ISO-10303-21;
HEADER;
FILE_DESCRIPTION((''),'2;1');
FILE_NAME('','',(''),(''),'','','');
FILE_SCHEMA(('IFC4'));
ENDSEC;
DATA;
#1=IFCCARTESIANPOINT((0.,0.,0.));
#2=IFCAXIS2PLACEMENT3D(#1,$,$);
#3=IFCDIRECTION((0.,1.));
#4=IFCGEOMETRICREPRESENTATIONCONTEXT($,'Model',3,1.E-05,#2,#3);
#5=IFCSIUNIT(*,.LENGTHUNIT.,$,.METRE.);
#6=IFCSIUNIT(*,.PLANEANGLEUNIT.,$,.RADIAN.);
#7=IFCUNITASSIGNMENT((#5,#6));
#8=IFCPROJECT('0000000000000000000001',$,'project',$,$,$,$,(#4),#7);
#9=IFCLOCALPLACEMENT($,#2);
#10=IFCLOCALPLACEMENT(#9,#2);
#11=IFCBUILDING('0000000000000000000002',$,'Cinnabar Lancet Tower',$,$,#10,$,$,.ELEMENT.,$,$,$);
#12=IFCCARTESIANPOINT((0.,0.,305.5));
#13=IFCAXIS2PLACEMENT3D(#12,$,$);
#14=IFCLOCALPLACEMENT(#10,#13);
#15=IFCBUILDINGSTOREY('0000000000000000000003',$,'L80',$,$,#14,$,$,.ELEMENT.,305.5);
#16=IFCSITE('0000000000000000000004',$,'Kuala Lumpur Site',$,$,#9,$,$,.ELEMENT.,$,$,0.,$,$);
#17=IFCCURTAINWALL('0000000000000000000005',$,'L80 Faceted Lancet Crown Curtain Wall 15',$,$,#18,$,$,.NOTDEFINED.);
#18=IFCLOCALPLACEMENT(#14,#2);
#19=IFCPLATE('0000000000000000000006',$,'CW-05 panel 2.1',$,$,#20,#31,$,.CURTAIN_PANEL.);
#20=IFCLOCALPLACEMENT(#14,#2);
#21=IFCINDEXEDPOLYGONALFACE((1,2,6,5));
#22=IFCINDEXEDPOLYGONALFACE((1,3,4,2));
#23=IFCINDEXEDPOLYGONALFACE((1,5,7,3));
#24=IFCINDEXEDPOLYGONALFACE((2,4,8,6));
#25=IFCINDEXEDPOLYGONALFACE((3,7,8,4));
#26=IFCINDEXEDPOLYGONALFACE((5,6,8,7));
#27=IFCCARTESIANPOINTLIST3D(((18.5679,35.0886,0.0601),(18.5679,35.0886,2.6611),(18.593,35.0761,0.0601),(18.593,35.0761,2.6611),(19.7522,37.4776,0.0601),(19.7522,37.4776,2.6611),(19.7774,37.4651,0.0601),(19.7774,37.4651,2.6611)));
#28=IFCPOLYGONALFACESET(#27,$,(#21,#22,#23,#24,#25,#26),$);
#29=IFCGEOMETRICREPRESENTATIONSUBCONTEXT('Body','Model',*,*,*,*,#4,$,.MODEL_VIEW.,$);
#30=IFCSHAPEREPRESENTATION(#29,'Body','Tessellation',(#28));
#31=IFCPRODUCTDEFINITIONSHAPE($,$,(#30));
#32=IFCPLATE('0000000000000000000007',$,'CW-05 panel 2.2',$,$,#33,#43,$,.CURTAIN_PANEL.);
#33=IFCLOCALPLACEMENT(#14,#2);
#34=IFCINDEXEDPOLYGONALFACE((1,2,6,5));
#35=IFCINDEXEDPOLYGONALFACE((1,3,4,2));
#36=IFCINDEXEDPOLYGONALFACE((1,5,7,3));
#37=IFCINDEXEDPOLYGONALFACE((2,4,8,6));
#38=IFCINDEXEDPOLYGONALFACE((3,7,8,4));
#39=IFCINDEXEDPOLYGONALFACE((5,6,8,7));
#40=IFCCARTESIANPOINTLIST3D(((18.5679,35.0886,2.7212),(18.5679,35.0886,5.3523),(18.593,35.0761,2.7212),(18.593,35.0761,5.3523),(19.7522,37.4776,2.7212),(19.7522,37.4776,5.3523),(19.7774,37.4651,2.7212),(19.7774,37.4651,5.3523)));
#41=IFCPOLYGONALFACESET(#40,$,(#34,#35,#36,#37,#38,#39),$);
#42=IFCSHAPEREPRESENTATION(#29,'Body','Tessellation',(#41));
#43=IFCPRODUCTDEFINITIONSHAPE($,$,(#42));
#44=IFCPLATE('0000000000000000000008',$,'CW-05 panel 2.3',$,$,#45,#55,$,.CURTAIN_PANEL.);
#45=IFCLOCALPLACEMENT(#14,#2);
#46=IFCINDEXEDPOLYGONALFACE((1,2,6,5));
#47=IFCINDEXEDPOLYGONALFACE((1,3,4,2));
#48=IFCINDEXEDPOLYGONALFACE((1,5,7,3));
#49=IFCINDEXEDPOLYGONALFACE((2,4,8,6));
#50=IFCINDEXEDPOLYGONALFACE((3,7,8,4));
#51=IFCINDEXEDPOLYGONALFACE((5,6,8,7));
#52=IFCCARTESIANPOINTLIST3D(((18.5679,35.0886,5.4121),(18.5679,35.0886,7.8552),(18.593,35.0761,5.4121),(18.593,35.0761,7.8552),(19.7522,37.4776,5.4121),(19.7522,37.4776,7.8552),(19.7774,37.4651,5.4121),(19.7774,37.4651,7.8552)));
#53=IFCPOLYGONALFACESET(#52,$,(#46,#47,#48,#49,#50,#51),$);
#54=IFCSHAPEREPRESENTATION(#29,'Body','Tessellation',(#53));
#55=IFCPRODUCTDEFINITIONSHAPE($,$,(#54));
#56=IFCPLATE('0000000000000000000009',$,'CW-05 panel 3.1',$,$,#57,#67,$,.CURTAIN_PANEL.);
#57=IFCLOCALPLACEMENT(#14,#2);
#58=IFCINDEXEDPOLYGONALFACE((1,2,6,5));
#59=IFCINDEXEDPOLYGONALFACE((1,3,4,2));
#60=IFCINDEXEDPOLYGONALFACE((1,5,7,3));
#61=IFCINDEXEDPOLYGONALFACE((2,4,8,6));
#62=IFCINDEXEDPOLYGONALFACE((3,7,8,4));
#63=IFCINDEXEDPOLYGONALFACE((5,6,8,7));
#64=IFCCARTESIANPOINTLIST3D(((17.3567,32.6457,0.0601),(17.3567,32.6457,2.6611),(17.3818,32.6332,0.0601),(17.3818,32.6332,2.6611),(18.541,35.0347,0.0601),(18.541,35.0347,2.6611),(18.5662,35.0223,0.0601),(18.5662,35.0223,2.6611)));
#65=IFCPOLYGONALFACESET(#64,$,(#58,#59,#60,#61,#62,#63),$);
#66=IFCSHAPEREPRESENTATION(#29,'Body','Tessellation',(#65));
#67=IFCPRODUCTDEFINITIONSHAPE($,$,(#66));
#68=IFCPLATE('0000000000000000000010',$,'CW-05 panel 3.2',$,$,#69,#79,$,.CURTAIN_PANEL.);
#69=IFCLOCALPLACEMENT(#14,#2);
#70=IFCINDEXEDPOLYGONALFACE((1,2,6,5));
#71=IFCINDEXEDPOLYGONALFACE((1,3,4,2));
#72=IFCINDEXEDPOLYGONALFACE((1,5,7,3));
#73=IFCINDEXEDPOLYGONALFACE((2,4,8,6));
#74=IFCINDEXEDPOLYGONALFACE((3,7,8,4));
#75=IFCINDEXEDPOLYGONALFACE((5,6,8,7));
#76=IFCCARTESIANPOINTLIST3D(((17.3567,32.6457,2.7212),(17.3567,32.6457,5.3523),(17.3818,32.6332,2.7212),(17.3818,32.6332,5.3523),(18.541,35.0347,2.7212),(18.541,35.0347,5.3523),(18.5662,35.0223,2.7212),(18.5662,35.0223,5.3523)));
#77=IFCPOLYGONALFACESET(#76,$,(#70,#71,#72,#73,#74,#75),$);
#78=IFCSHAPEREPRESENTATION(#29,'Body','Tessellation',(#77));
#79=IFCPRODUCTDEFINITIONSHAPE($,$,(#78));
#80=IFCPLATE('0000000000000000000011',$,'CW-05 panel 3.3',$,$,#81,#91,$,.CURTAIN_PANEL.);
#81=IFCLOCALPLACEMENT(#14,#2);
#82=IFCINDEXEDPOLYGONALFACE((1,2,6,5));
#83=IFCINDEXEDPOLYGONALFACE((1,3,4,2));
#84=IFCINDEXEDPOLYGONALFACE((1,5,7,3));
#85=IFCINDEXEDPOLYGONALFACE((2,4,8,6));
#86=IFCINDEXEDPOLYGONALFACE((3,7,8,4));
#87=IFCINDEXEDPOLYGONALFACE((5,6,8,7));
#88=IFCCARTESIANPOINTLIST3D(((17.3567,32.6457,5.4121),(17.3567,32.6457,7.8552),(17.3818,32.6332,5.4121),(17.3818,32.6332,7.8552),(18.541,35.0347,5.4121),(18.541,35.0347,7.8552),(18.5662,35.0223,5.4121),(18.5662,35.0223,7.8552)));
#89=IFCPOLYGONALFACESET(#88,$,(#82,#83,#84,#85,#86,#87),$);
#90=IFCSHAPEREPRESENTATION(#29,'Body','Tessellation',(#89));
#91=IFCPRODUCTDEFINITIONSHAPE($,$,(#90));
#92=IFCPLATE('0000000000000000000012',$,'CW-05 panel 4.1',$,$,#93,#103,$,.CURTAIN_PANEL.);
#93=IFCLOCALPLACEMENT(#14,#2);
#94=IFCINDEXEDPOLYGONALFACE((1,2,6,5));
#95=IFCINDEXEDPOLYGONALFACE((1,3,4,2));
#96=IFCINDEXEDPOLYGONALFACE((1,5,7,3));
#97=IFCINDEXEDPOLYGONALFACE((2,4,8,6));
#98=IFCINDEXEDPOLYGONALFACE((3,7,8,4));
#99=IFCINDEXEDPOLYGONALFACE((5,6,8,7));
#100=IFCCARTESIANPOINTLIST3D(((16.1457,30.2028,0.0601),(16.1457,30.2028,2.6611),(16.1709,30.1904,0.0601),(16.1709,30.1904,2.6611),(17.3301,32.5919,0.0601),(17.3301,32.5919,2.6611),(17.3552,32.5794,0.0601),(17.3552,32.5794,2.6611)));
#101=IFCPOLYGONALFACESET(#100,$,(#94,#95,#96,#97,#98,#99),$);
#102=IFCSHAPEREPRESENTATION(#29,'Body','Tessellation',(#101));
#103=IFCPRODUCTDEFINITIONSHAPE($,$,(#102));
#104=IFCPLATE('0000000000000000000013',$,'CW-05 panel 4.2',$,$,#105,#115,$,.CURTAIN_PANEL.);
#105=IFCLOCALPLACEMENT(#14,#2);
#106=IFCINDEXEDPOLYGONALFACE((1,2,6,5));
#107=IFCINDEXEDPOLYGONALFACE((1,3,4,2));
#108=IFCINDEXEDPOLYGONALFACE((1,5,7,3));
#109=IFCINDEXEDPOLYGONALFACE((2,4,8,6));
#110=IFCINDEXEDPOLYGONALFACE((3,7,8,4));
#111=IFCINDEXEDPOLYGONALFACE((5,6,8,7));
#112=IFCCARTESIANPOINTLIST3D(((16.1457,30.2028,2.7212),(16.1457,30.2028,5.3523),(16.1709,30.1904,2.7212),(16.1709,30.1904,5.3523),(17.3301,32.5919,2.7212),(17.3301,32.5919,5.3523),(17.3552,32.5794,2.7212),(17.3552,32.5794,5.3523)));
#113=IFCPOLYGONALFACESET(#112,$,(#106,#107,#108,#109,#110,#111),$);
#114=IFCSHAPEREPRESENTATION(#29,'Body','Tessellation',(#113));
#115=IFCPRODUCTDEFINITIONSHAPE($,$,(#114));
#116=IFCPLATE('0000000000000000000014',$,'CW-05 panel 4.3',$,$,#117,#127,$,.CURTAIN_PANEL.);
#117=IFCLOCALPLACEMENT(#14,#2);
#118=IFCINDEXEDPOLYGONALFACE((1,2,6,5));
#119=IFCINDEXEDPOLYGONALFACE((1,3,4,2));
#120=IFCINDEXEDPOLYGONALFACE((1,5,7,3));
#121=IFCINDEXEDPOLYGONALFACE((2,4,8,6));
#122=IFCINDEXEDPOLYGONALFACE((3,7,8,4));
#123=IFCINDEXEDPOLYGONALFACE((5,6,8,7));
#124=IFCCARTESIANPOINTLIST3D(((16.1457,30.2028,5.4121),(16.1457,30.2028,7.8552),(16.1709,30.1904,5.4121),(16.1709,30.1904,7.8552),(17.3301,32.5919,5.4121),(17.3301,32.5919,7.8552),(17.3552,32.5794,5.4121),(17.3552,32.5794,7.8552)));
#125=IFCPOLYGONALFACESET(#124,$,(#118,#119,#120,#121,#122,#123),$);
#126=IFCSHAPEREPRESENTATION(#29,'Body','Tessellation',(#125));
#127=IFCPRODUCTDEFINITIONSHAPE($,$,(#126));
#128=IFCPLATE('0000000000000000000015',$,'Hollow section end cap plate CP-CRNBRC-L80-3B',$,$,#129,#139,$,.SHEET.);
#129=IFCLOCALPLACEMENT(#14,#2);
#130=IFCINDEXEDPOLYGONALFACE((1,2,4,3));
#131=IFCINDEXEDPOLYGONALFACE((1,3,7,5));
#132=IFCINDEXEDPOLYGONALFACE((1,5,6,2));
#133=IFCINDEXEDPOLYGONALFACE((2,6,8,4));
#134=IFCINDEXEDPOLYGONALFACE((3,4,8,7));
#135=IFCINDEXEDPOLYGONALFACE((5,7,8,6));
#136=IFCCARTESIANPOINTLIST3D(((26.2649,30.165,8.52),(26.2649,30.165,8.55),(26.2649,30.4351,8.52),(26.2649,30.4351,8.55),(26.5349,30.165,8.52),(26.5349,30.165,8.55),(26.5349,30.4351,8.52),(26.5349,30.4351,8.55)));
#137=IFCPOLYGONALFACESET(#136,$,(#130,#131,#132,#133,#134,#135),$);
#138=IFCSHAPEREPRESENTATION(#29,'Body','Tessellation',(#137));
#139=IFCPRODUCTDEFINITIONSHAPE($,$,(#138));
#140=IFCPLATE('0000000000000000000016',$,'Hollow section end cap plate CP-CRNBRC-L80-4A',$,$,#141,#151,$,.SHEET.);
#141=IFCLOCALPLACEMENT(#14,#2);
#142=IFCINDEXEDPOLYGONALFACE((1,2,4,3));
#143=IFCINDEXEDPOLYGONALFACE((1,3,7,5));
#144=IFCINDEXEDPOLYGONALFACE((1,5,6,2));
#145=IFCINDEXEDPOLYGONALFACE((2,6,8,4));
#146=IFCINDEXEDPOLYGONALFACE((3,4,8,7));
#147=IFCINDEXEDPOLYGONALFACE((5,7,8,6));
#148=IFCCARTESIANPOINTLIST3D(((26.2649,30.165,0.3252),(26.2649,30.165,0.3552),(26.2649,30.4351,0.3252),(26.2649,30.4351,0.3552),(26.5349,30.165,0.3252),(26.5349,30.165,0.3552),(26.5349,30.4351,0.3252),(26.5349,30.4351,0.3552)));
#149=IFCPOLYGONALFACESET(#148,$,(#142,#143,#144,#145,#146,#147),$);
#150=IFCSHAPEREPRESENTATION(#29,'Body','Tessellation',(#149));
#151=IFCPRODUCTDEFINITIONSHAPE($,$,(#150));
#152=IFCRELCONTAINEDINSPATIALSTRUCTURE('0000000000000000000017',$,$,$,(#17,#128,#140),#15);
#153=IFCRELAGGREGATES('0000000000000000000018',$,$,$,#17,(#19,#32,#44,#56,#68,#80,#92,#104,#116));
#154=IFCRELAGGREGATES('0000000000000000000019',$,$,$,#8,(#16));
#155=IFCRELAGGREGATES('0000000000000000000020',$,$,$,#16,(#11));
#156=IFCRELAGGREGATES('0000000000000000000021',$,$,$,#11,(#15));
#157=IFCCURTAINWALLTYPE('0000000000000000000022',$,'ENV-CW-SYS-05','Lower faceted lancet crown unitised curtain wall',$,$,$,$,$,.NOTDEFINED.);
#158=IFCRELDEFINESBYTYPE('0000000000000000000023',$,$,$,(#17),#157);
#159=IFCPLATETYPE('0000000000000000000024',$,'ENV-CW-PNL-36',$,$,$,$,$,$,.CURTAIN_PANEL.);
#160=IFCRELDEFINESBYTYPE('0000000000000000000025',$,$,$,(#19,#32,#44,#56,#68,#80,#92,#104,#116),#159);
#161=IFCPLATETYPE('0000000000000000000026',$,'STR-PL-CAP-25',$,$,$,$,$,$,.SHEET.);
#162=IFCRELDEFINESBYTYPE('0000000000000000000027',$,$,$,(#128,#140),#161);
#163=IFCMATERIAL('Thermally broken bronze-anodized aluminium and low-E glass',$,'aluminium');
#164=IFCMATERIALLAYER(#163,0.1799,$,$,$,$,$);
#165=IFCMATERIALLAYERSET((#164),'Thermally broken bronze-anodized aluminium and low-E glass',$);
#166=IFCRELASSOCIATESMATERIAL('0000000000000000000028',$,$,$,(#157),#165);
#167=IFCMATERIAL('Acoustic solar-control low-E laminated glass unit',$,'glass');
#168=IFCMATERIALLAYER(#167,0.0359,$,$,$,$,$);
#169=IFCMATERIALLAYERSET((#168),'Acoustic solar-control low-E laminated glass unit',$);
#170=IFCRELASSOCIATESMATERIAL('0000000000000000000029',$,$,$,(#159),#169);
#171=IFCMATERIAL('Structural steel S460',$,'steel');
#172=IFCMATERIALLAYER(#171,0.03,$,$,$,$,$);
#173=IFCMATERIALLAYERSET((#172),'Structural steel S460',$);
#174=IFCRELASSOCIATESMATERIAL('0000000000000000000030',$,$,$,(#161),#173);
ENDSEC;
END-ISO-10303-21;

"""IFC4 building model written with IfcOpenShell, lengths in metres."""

from ifc_helpers import new_model, si_unit, direction, frame, origin, origin_2d, place, context, subcontext, project, spatial, rectangle, extrude, material, layer, layer_set, type_object, element, aggregate, save


model = new_model("IFC4")

# Units and contexts
model_context = context("Model", 3, precision=1e-05, world=origin(), true_north=direction((0.0, 1.0)))
body_context = subcontext(model_context, "Body", "Model", "MODEL_VIEW")
ifc_project = project(units=[si_unit("LENGTHUNIT", "METRE"), si_unit("PLANEANGLEUNIT", "RADIAN")], contexts=[model_context])

# Site, building, storey
site_placement = place(None, origin())
site = spatial("IfcSite", under=ifc_project, at=site_placement, Name="Kuala Lumpur Site", CompositionType="ELEMENT", RefElevation=0.0)
building_placement = place(site_placement, origin())
building = spatial("IfcBuilding", under=site, at=building_placement, Name="Cinnabar Lancet Tower", CompositionType="ELEMENT")
storey_placement = place(building_placement, frame((0.0, 0.0, 305.5)))
storey = spatial("IfcBuildingStorey", under=building, at=storey_placement, Name="L80", CompositionType="ELEMENT", Elevation=305.5)

# Curtain wall
ifc_material_1 = material(Name="Thermally broken bronze-anodized aluminium and low-E glass", Category="aluminium")
ifc_layer_1 = layer(ifc_material_1, 0.1799)
ifc_layer_set_1 = layer_set([ifc_layer_1], Name="Thermally broken bronze-anodized aluminium and low-E glass")
curtain_wall_type = type_object("IfcCurtainWallType", Name="ENV-CW-SYS-05", Description="Lower faceted lancet crown unitised curtain wall", PredefinedType="NOTDEFINED", material=ifc_layer_set_1)
curtain_wall_placement = place(storey_placement, origin())
curtain_wall = element("IfcCurtainWall", 1, at=curtain_wall_placement, inside=storey, type_object=curtain_wall_type, Name="L80 Faceted Lancet Crown Curtain Wall 15", PredefinedType="NOTDEFINED")

# Plates
ifc_material_2 = material(Name="Acoustic solar-control low-E laminated glass unit", Category="glass")
ifc_layer_2 = layer(ifc_material_2, 0.0359)
ifc_layer_set_2 = layer_set([ifc_layer_2], Name="Acoustic solar-control low-E laminated glass unit")
plate_type_1 = type_object("IfcPlateType", Name="ENV-CW-PNL-36", PredefinedType="CURTAIN_PANEL", material=ifc_layer_set_2)
plate_1_placement = place(storey_placement, frame((19.1726, 36.2769, 0.0601), z_axis=(0.0, 0.0, 1.0), x_axis=(-0.444159, -0.895948, 0.0)))
plate_1 = element("IfcPlate", 2, at=plate_1_placement, type_object=plate_type_1, Name="CW-05 panel 2.1", PredefinedType="CURTAIN_PANEL", context=body_context, shape_type="SweptSolid", body=[
    extrude(rectangle(XDim=2.6665, YDim=0.0281, at=origin_2d()), origin(), (0.0, 0.0, 1.0), 2.6011),
])
plate_2_placement = place(storey_placement, frame((19.1726, 36.2769, 2.7212), z_axis=(0.0, 0.0, 1.0), x_axis=(-0.444159, -0.895948, 0.0)))
plate_2 = element("IfcPlate", 3, at=plate_2_placement, type_object=plate_type_1, Name="CW-05 panel 2.2", PredefinedType="CURTAIN_PANEL", context=body_context, shape_type="SweptSolid", body=[
    extrude(rectangle(XDim=2.6665, YDim=0.0281, at=origin_2d()), origin(), (0.0, 0.0, 1.0), 2.6311),
])
plate_3_placement = place(storey_placement, frame((19.1726, 36.2769, 5.4121), z_axis=(0.0, 0.0, 1.0), x_axis=(-0.444159, -0.895948, 0.0)))
plate_3 = element("IfcPlate", 4, at=plate_3_placement, type_object=plate_type_1, Name="CW-05 panel 2.3", PredefinedType="CURTAIN_PANEL", context=body_context, shape_type="SweptSolid", body=[
    extrude(rectangle(XDim=2.6665, YDim=0.0281, at=origin_2d()), origin(), (0.0, 0.0, 1.0), 2.4431),
])
plate_4_placement = place(storey_placement, frame((17.9614, 33.834, 0.0601), z_axis=(0.0, 0.0, 1.0), x_axis=(-0.444159, -0.895948, 0.0)))
plate_4 = element("IfcPlate", 5, at=plate_4_placement, type_object=plate_type_1, Name="CW-05 panel 3.1", PredefinedType="CURTAIN_PANEL", context=body_context, shape_type="SweptSolid", body=[
    extrude(rectangle(XDim=2.6665, YDim=0.0281, at=origin_2d()), origin(), (0.0, 0.0, 1.0), 2.6011),
])
plate_5_placement = place(storey_placement, frame((17.9614, 33.834, 2.7212), z_axis=(0.0, 0.0, 1.0), x_axis=(-0.444159, -0.895948, 0.0)))
plate_5 = element("IfcPlate", 6, at=plate_5_placement, type_object=plate_type_1, Name="CW-05 panel 3.2", PredefinedType="CURTAIN_PANEL", context=body_context, shape_type="SweptSolid", body=[
    extrude(rectangle(XDim=2.6665, YDim=0.0281, at=origin_2d()), origin(), (0.0, 0.0, 1.0), 2.6311),
])
plate_6_placement = place(storey_placement, frame((17.9614, 33.834, 5.4121), z_axis=(0.0, 0.0, 1.0), x_axis=(-0.444159, -0.895948, 0.0)))
plate_6 = element("IfcPlate", 7, at=plate_6_placement, type_object=plate_type_1, Name="CW-05 panel 3.3", PredefinedType="CURTAIN_PANEL", context=body_context, shape_type="SweptSolid", body=[
    extrude(rectangle(XDim=2.6665, YDim=0.0281, at=origin_2d()), origin(), (0.0, 0.0, 1.0), 2.4431),
])
plate_7_placement = place(storey_placement, frame((16.7505, 31.3911, 0.0601), z_axis=(0.0, 0.0, 1.0), x_axis=(-0.444159, -0.895948, 0.0)))
plate_7 = element("IfcPlate", 8, at=plate_7_placement, type_object=plate_type_1, Name="CW-05 panel 4.1", PredefinedType="CURTAIN_PANEL", context=body_context, shape_type="SweptSolid", body=[
    extrude(rectangle(XDim=2.6665, YDim=0.0281, at=origin_2d()), origin(), (0.0, 0.0, 1.0), 2.6011),
])
plate_8_placement = place(storey_placement, frame((16.7505, 31.3911, 2.7212), z_axis=(0.0, 0.0, 1.0), x_axis=(-0.444159, -0.895948, 0.0)))
plate_8 = element("IfcPlate", 9, at=plate_8_placement, type_object=plate_type_1, Name="CW-05 panel 4.2", PredefinedType="CURTAIN_PANEL", context=body_context, shape_type="SweptSolid", body=[
    extrude(rectangle(XDim=2.6665, YDim=0.0281, at=origin_2d()), origin(), (0.0, 0.0, 1.0), 2.6311),
])
plate_9_placement = place(storey_placement, frame((16.7505, 31.3911, 5.4121), z_axis=(0.0, 0.0, 1.0), x_axis=(-0.444159, -0.895948, 0.0)))
plate_9 = element("IfcPlate", 10, at=plate_9_placement, type_object=plate_type_1, Name="CW-05 panel 4.3", PredefinedType="CURTAIN_PANEL", context=body_context, shape_type="SweptSolid", body=[
    extrude(rectangle(XDim=2.6665, YDim=0.0281, at=origin_2d()), origin(), (0.0, 0.0, 1.0), 2.4431),
])
aggregate(curtain_wall, [plate_1, plate_2, plate_3, plate_4, plate_5, plate_6, plate_7, plate_8, plate_9])

# Plates
ifc_material_3 = material(Name="Structural steel S460", Category="steel")
ifc_layer_3 = layer(ifc_material_3, 0.03)
ifc_layer_set_3 = layer_set([ifc_layer_3], Name="Structural steel S460")
plate_type_2 = type_object("IfcPlateType", Name="STR-PL-CAP-25", PredefinedType="SHEET", material=ifc_layer_set_3)
for number, where, z_axis, x_axis, name in (
    (11, (26.3999, 30.3, 8.52), (0.0, 0.0, 1.0), (-1.0, 0.0, 0.0), "Hollow section end cap plate CP-CRNBRC-L80-3B"),
    (12, (26.3999, 30.3, 0.3252), (0.0, 0.0, 1.0), (0.0, 1.0, 0.0), "Hollow section end cap plate CP-CRNBRC-L80-4A"),
):
    element("IfcPlate", number, at=place(storey_placement, frame(where, z_axis=z_axis, x_axis=x_axis)), inside=storey, type_object=plate_type_2, Name=name, PredefinedType="SHEET", context=body_context, shape_type="SweptSolid", body=[
        extrude(rectangle(XDim=0.27, YDim=0.27, at=origin_2d()), origin(), (0.0, 0.0, 1.0), 0.03),
    ])

save(model, "model.ifc")
